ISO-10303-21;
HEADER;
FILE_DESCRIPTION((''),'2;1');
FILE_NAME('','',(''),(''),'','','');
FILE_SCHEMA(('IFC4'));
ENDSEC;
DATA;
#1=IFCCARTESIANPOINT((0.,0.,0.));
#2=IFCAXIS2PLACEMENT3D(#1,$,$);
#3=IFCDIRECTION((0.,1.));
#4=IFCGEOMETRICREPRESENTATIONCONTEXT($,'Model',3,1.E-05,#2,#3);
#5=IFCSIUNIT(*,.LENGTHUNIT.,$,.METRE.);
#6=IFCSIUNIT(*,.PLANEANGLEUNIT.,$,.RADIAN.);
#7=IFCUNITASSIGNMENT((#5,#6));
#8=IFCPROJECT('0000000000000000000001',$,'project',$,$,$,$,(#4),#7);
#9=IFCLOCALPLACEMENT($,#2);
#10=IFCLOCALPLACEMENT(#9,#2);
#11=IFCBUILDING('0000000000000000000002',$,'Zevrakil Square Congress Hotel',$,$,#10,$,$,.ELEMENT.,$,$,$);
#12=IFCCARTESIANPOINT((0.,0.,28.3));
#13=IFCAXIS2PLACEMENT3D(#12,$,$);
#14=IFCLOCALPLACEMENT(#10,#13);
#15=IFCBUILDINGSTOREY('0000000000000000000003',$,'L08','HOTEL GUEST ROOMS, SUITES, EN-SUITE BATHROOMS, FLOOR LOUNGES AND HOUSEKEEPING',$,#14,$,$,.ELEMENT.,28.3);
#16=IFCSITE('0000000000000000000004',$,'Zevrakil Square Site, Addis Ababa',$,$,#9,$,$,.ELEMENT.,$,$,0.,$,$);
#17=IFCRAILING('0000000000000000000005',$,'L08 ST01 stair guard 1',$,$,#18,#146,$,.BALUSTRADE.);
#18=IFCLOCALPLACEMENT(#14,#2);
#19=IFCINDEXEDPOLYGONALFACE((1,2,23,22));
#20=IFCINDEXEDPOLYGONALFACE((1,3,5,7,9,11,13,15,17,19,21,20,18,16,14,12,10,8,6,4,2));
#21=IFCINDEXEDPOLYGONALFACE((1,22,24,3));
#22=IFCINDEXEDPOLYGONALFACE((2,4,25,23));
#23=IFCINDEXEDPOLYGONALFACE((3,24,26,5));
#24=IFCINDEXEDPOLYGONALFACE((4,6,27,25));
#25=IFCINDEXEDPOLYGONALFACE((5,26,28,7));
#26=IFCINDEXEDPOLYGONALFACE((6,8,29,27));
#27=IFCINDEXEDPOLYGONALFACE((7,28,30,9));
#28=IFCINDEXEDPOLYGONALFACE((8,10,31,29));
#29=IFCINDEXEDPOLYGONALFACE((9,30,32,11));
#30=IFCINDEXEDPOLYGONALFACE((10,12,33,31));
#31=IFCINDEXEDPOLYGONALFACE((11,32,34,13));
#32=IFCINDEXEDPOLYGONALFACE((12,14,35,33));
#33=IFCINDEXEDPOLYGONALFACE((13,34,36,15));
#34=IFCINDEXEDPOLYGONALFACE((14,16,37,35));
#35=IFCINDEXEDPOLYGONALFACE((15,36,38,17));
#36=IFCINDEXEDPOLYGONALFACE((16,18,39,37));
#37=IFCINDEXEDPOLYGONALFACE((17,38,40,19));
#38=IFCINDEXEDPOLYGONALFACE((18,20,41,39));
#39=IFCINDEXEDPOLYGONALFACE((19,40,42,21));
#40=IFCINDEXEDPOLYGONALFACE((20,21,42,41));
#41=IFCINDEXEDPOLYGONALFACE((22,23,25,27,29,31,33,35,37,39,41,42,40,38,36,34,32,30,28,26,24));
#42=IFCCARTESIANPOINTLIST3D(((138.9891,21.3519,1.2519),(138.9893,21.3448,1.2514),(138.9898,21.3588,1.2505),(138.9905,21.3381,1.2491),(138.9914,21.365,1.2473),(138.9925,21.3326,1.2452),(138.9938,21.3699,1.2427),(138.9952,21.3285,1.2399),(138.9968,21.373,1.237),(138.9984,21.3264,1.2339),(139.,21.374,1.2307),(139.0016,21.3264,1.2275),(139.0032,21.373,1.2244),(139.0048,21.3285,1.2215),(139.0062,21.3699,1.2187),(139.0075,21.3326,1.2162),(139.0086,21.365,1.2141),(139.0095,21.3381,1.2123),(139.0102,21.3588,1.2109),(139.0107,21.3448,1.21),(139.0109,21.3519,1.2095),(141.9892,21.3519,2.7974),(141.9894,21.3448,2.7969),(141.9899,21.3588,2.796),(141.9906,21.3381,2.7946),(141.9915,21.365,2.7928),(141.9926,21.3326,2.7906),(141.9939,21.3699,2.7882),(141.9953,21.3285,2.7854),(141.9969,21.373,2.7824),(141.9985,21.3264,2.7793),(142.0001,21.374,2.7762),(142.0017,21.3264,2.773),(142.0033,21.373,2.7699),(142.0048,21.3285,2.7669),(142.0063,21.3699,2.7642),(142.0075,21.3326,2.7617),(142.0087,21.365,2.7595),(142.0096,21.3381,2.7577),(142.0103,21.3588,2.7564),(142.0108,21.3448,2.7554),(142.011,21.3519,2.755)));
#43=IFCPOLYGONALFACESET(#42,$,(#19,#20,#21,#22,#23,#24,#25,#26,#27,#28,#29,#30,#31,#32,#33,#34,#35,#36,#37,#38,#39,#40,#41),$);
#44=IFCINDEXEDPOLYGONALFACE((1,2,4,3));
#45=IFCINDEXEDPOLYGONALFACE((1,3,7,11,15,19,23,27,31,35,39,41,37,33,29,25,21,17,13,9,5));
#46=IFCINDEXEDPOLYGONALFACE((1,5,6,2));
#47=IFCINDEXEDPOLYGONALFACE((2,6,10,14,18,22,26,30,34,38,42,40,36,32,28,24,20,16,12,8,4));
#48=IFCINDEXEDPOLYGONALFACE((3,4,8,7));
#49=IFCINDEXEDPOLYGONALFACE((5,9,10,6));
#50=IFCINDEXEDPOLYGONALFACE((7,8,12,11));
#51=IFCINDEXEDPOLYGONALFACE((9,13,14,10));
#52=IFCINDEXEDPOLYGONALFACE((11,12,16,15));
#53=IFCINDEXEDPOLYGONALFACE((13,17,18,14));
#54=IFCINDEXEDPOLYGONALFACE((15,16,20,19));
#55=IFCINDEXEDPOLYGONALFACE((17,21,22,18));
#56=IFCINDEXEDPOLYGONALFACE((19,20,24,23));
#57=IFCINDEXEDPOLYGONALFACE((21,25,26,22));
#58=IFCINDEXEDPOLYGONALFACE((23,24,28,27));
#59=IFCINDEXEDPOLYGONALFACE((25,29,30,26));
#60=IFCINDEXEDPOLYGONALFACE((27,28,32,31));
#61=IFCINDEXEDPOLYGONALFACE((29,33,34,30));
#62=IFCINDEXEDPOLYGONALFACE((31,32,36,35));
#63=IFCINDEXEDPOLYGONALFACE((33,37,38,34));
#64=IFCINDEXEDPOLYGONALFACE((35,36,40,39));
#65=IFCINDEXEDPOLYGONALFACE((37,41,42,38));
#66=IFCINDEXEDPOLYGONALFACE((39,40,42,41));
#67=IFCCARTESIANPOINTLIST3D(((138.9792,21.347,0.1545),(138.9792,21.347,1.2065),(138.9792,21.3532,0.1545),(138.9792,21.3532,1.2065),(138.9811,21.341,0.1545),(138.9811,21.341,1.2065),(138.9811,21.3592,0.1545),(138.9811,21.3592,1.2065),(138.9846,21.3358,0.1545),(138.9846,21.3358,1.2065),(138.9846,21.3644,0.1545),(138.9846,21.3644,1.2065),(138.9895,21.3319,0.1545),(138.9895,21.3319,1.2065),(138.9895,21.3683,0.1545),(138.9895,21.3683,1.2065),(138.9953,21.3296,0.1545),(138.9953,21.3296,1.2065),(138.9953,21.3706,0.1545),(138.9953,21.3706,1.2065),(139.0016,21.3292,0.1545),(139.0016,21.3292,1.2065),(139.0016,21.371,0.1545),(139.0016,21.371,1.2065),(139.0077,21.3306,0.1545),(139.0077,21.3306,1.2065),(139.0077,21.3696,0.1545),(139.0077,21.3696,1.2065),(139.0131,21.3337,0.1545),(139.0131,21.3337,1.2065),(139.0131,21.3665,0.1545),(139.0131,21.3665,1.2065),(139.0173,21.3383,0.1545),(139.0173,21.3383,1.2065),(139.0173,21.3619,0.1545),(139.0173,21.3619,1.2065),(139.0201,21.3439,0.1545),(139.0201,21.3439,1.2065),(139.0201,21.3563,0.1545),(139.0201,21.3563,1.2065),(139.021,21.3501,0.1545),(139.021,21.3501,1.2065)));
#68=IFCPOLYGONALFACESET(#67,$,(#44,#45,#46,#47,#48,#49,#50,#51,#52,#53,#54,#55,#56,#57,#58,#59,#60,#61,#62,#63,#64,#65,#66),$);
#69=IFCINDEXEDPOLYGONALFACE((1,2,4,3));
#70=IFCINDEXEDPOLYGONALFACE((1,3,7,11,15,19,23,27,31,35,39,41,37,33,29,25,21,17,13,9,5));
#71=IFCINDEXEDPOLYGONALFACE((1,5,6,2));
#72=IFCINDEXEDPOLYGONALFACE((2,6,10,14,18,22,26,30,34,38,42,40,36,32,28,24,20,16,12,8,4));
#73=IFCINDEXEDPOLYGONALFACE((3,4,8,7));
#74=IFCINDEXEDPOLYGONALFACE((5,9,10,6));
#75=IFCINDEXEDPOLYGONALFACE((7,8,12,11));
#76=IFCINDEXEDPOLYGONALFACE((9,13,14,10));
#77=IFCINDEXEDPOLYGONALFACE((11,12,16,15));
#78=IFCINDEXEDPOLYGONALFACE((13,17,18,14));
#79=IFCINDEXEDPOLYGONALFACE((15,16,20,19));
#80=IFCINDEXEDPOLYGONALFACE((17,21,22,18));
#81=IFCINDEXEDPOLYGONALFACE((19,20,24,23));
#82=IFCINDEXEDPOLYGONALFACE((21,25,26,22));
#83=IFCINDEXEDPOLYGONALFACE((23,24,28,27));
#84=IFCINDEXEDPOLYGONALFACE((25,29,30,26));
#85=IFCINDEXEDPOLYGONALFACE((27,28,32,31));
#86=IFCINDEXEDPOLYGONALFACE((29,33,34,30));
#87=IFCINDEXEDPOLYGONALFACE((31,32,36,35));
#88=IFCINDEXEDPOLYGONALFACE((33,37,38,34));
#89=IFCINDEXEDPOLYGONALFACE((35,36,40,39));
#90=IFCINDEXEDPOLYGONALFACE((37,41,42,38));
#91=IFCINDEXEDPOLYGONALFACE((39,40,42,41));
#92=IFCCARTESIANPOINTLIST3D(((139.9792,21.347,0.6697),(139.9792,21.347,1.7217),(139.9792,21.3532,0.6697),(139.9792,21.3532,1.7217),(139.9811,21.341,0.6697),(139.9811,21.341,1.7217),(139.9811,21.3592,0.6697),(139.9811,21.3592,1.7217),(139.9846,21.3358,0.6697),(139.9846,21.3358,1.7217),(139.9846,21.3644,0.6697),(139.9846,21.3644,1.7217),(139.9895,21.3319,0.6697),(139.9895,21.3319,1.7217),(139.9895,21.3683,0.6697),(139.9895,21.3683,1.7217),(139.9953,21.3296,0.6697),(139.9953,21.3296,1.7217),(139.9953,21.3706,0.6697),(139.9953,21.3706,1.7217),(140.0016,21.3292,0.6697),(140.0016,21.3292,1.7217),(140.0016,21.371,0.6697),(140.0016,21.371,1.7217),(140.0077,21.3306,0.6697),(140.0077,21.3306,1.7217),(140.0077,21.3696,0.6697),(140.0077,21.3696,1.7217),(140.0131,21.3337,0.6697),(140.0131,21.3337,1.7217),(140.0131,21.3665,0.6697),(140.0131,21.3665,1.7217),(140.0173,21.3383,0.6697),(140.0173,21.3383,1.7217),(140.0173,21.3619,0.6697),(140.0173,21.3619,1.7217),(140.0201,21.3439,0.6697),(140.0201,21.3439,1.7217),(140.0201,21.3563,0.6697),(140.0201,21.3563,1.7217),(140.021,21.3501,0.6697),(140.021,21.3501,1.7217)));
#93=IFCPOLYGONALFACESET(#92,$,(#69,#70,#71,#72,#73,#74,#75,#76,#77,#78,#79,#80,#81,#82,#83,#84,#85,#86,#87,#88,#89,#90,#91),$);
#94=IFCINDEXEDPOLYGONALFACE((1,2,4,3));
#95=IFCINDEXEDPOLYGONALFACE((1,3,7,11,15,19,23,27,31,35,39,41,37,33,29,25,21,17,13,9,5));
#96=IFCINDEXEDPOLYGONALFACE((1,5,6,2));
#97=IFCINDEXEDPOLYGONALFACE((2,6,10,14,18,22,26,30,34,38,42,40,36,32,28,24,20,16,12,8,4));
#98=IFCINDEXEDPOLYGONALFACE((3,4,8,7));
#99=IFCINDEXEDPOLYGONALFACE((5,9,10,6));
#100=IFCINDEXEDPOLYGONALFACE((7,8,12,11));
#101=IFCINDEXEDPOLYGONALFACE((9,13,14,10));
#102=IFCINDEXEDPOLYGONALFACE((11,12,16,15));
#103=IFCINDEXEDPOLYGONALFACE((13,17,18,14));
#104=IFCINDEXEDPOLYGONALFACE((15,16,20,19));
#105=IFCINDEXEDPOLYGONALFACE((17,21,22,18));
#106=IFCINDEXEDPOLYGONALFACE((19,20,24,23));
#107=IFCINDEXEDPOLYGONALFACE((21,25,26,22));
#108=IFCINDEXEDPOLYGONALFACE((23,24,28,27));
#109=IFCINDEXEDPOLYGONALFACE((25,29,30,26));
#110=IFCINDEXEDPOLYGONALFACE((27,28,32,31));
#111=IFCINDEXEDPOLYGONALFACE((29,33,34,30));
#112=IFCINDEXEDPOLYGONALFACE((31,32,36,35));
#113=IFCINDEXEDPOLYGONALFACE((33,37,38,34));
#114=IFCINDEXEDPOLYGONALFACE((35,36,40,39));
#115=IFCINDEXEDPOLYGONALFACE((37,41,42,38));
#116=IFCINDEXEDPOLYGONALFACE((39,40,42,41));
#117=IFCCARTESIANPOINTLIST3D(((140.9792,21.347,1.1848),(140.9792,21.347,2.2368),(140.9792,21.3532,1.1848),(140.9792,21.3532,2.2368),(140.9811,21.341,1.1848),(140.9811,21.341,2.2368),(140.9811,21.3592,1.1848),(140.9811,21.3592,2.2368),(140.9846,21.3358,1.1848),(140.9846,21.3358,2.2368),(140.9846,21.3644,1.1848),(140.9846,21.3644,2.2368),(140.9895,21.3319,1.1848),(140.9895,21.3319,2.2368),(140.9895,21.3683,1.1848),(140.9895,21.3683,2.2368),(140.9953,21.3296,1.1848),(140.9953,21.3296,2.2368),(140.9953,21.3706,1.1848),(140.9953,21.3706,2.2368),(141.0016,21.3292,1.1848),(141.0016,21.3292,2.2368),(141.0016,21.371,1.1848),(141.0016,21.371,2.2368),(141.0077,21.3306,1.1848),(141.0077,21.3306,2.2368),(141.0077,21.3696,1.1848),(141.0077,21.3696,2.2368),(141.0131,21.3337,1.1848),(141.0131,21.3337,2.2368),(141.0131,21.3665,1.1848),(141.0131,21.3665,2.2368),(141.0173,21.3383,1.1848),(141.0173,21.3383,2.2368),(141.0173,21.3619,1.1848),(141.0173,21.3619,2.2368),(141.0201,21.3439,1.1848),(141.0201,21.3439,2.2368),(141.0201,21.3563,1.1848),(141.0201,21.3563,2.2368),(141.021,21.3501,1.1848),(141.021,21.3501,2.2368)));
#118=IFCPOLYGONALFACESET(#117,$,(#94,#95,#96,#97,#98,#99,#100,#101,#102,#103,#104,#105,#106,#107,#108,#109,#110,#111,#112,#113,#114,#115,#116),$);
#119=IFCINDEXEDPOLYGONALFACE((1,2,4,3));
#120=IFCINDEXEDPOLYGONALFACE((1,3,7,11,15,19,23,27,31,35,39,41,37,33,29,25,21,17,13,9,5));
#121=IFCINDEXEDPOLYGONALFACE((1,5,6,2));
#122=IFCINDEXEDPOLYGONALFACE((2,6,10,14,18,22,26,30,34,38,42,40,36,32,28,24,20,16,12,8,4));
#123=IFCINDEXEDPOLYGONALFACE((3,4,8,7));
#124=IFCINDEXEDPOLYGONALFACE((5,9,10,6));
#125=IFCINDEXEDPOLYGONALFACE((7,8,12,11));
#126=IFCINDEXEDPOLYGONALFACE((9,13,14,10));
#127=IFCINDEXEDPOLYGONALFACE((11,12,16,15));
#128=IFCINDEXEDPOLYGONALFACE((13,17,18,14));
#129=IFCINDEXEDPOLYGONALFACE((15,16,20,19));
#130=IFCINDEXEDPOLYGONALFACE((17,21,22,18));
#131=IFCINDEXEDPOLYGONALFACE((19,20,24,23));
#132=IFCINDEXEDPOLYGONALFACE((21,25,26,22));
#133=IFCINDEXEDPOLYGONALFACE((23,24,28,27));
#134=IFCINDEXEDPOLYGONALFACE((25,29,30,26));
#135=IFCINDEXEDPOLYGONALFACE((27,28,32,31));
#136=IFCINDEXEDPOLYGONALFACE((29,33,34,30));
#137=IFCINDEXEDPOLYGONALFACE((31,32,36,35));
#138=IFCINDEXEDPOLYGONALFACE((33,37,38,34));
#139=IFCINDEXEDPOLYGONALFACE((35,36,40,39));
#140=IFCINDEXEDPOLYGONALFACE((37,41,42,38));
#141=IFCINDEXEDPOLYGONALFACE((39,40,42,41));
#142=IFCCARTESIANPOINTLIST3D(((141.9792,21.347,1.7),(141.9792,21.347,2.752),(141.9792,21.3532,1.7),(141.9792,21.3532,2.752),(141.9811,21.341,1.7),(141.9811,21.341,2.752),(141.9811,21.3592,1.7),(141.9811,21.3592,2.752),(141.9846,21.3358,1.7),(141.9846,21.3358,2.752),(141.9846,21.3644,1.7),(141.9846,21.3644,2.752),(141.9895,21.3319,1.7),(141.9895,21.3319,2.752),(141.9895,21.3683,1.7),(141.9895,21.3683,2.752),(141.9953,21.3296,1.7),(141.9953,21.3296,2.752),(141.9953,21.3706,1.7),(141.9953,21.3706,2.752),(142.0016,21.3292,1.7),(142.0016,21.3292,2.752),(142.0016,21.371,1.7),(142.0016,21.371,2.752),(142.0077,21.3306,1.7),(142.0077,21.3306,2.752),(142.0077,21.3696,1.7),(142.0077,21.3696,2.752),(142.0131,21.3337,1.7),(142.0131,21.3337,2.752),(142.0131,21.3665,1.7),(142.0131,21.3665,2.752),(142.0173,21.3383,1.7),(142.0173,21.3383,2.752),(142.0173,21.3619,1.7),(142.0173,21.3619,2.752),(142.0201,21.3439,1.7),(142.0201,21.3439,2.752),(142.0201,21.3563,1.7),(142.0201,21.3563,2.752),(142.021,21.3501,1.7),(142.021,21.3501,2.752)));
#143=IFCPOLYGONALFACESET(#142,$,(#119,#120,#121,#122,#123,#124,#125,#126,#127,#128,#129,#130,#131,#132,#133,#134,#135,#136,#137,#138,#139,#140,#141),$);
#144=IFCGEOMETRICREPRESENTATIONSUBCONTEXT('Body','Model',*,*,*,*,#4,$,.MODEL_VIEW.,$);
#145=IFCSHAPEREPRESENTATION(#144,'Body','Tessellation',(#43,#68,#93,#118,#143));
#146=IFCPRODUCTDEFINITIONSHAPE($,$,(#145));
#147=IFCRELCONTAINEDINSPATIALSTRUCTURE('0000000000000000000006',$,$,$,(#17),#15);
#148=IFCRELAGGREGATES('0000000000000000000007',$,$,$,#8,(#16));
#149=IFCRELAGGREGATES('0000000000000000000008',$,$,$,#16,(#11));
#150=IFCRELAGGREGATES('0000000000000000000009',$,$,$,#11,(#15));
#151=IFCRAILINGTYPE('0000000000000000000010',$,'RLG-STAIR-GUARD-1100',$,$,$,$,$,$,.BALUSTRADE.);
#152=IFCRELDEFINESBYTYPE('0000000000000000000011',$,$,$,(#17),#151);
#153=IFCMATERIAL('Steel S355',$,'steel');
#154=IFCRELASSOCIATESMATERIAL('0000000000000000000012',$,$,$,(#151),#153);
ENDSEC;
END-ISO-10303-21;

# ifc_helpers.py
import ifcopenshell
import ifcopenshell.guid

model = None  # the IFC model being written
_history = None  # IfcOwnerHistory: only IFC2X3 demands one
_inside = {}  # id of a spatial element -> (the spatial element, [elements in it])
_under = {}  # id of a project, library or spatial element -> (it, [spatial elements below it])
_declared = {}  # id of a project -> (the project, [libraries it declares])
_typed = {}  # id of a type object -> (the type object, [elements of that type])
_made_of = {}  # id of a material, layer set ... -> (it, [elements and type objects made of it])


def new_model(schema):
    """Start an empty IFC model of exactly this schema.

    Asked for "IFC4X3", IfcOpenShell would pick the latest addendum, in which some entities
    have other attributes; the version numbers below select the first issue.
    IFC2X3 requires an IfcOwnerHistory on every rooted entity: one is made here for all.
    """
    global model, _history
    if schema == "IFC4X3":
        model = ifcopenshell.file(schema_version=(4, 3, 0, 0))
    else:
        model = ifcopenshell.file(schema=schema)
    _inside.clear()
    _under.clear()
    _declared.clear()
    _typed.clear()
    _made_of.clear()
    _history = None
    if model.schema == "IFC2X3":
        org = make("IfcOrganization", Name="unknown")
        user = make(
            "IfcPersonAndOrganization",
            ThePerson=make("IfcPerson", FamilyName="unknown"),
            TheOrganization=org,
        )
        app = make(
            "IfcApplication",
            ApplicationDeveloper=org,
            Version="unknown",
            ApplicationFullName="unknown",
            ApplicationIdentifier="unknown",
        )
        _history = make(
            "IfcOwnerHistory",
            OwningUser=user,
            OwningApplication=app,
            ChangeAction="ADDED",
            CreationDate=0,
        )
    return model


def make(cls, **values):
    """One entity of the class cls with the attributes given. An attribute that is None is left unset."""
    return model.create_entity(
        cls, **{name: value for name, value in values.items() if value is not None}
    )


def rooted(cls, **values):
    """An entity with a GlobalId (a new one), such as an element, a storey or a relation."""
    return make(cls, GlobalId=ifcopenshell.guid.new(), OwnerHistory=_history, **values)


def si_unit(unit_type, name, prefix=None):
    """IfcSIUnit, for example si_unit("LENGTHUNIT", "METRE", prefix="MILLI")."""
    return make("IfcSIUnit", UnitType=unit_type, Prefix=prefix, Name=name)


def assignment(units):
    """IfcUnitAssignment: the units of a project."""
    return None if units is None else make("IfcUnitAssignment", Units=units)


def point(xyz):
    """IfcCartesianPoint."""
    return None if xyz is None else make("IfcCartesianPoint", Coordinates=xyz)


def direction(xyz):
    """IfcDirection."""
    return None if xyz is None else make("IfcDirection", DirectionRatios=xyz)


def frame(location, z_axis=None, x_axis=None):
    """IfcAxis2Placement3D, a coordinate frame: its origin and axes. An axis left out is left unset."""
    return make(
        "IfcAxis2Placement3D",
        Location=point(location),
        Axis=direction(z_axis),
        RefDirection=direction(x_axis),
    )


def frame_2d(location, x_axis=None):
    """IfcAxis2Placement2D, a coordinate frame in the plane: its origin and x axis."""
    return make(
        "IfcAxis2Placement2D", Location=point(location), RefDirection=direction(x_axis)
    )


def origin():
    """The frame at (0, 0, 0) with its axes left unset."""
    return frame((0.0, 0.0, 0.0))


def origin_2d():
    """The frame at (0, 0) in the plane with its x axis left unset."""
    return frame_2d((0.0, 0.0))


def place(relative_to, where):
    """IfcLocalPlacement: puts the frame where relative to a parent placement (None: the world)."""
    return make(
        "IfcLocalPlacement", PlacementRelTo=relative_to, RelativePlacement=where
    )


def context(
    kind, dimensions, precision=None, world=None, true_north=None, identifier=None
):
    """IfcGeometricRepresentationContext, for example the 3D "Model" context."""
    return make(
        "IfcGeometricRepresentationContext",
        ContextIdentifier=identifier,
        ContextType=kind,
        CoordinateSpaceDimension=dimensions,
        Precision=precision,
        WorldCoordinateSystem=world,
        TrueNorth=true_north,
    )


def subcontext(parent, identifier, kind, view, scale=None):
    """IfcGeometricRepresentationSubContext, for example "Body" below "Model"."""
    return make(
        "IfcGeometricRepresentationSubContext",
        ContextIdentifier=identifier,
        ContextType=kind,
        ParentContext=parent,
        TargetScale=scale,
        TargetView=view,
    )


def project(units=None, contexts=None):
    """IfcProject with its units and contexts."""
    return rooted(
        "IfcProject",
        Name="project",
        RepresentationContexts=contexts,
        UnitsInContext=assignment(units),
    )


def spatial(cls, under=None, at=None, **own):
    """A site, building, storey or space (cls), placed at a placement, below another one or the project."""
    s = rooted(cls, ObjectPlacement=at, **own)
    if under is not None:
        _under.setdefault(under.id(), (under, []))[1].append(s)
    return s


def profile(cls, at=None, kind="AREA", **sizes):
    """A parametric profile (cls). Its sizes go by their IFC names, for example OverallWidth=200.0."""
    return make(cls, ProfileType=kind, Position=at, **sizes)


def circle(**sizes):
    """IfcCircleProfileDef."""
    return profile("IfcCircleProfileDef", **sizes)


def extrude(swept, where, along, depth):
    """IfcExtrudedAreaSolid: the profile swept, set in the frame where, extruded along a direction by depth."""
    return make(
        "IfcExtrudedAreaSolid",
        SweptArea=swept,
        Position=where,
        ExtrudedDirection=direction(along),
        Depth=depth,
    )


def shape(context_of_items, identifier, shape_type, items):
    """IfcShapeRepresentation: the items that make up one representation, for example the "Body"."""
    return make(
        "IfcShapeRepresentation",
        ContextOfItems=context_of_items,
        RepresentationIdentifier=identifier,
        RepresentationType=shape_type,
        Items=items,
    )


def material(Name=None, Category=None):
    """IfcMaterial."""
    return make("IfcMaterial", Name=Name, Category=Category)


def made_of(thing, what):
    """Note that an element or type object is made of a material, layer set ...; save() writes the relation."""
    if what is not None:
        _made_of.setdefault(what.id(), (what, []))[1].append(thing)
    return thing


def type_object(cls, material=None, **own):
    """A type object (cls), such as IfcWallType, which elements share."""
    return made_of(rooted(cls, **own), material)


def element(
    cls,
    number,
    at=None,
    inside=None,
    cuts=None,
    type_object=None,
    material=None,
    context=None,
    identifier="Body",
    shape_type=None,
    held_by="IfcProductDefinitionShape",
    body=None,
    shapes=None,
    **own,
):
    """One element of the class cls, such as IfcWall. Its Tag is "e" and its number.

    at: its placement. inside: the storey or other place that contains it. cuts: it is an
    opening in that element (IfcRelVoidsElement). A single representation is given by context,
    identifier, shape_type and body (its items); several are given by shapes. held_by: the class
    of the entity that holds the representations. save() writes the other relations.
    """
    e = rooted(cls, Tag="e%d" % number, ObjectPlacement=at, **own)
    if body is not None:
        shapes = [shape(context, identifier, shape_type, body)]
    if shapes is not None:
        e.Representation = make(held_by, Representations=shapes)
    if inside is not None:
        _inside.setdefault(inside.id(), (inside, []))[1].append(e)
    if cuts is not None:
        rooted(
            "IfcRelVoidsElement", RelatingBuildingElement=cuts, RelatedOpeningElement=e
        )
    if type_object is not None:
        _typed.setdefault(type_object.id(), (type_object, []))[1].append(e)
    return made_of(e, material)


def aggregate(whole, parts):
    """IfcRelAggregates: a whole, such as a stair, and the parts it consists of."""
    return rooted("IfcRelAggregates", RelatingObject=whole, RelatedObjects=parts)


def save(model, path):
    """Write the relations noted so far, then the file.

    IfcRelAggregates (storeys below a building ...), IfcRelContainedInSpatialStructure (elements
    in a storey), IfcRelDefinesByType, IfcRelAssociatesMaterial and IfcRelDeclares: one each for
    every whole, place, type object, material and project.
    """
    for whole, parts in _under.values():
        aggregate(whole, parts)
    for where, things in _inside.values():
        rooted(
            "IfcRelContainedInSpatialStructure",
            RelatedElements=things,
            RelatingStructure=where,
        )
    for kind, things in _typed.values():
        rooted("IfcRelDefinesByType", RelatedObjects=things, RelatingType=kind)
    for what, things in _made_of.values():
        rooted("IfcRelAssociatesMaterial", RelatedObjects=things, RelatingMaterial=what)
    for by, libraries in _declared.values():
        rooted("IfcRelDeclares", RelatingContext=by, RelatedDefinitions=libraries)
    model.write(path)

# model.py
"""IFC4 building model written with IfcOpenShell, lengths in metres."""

from ifc_helpers import new_model, si_unit, direction, frame, origin, origin_2d, place, context, subcontext, project, spatial, circle, extrude, material, type_object, element, save


model = new_model("IFC4")

# Units and contexts
model_context = context("Model", 3, precision=1e-05, world=origin(), true_north=direction((0.0, 1.0)))
body_context = subcontext(model_context, "Body", "Model", "MODEL_VIEW")
ifc_project = project(units=[si_unit("LENGTHUNIT", "METRE"), si_unit("PLANEANGLEUNIT", "RADIAN")], contexts=[model_context])

# Site, building, storey
site_placement = place(None, origin())
site = spatial("IfcSite", under=ifc_project, at=site_placement, Name="Zevrakil Square Site, Addis Ababa", CompositionType="ELEMENT", RefElevation=0.0)
building_placement = place(site_placement, origin())
building = spatial("IfcBuilding", under=site, at=building_placement, Name="Zevrakil Square Congress Hotel", CompositionType="ELEMENT")
storey_placement = place(building_placement, frame((0.0, 0.0, 28.3)))
storey = spatial("IfcBuildingStorey", under=building, at=storey_placement, Name="L08", Description="HOTEL GUEST ROOMS, SUITES, EN-SUITE BATHROOMS, FLOOR LOUNGES AND HOUSEKEEPING", CompositionType="ELEMENT", Elevation=28.3)

# Railing
ifc_material_1 = material(Name="Steel S355", Category="steel")
railing_type_1 = type_object("IfcRailingType", Name="RLG-STAIR-GUARD-1100", PredefinedType="BALUSTRADE", material=ifc_material_1)
railing_1_placement = place(storey_placement, frame((139.0, 21.3501, 0.1545)))
element("IfcRailing", 1, at=railing_1_placement, inside=storey, type_object=railing_type_1, Name="L08 ST01 stair guard 1", PredefinedType="BALUSTRADE", context=body_context, shape_type="SweptSolid", body=[
    extrude(circle(Radius=0.0239, at=origin_2d()), frame((0.0, 0.0, 1.0762), z_axis=(0.88898, 0.0, 0.457946), x_axis=(0.0, 1.0, 0.0)), (0.0, 0.0, 1.0), 3.3748),
    extrude(circle(Radius=0.021, at=origin_2d()), origin(), (0.0, 0.0, 1.0), 1.052),
    extrude(circle(Radius=0.021, at=origin_2d()), frame((1.0, 0.0, 0.5151)), (0.0, 0.0, 1.0), 1.052),
    extrude(circle(Radius=0.021, at=origin_2d()), frame((2.0, 0.0, 1.0303)), (0.0, 0.0, 1.0), 1.052),
    extrude(circle(Radius=0.021, at=origin_2d()), frame((3.0, 0.0, 1.5454)), (0.0, 0.0, 1.0), 1.052),
])

save(model, "model.ifc")
